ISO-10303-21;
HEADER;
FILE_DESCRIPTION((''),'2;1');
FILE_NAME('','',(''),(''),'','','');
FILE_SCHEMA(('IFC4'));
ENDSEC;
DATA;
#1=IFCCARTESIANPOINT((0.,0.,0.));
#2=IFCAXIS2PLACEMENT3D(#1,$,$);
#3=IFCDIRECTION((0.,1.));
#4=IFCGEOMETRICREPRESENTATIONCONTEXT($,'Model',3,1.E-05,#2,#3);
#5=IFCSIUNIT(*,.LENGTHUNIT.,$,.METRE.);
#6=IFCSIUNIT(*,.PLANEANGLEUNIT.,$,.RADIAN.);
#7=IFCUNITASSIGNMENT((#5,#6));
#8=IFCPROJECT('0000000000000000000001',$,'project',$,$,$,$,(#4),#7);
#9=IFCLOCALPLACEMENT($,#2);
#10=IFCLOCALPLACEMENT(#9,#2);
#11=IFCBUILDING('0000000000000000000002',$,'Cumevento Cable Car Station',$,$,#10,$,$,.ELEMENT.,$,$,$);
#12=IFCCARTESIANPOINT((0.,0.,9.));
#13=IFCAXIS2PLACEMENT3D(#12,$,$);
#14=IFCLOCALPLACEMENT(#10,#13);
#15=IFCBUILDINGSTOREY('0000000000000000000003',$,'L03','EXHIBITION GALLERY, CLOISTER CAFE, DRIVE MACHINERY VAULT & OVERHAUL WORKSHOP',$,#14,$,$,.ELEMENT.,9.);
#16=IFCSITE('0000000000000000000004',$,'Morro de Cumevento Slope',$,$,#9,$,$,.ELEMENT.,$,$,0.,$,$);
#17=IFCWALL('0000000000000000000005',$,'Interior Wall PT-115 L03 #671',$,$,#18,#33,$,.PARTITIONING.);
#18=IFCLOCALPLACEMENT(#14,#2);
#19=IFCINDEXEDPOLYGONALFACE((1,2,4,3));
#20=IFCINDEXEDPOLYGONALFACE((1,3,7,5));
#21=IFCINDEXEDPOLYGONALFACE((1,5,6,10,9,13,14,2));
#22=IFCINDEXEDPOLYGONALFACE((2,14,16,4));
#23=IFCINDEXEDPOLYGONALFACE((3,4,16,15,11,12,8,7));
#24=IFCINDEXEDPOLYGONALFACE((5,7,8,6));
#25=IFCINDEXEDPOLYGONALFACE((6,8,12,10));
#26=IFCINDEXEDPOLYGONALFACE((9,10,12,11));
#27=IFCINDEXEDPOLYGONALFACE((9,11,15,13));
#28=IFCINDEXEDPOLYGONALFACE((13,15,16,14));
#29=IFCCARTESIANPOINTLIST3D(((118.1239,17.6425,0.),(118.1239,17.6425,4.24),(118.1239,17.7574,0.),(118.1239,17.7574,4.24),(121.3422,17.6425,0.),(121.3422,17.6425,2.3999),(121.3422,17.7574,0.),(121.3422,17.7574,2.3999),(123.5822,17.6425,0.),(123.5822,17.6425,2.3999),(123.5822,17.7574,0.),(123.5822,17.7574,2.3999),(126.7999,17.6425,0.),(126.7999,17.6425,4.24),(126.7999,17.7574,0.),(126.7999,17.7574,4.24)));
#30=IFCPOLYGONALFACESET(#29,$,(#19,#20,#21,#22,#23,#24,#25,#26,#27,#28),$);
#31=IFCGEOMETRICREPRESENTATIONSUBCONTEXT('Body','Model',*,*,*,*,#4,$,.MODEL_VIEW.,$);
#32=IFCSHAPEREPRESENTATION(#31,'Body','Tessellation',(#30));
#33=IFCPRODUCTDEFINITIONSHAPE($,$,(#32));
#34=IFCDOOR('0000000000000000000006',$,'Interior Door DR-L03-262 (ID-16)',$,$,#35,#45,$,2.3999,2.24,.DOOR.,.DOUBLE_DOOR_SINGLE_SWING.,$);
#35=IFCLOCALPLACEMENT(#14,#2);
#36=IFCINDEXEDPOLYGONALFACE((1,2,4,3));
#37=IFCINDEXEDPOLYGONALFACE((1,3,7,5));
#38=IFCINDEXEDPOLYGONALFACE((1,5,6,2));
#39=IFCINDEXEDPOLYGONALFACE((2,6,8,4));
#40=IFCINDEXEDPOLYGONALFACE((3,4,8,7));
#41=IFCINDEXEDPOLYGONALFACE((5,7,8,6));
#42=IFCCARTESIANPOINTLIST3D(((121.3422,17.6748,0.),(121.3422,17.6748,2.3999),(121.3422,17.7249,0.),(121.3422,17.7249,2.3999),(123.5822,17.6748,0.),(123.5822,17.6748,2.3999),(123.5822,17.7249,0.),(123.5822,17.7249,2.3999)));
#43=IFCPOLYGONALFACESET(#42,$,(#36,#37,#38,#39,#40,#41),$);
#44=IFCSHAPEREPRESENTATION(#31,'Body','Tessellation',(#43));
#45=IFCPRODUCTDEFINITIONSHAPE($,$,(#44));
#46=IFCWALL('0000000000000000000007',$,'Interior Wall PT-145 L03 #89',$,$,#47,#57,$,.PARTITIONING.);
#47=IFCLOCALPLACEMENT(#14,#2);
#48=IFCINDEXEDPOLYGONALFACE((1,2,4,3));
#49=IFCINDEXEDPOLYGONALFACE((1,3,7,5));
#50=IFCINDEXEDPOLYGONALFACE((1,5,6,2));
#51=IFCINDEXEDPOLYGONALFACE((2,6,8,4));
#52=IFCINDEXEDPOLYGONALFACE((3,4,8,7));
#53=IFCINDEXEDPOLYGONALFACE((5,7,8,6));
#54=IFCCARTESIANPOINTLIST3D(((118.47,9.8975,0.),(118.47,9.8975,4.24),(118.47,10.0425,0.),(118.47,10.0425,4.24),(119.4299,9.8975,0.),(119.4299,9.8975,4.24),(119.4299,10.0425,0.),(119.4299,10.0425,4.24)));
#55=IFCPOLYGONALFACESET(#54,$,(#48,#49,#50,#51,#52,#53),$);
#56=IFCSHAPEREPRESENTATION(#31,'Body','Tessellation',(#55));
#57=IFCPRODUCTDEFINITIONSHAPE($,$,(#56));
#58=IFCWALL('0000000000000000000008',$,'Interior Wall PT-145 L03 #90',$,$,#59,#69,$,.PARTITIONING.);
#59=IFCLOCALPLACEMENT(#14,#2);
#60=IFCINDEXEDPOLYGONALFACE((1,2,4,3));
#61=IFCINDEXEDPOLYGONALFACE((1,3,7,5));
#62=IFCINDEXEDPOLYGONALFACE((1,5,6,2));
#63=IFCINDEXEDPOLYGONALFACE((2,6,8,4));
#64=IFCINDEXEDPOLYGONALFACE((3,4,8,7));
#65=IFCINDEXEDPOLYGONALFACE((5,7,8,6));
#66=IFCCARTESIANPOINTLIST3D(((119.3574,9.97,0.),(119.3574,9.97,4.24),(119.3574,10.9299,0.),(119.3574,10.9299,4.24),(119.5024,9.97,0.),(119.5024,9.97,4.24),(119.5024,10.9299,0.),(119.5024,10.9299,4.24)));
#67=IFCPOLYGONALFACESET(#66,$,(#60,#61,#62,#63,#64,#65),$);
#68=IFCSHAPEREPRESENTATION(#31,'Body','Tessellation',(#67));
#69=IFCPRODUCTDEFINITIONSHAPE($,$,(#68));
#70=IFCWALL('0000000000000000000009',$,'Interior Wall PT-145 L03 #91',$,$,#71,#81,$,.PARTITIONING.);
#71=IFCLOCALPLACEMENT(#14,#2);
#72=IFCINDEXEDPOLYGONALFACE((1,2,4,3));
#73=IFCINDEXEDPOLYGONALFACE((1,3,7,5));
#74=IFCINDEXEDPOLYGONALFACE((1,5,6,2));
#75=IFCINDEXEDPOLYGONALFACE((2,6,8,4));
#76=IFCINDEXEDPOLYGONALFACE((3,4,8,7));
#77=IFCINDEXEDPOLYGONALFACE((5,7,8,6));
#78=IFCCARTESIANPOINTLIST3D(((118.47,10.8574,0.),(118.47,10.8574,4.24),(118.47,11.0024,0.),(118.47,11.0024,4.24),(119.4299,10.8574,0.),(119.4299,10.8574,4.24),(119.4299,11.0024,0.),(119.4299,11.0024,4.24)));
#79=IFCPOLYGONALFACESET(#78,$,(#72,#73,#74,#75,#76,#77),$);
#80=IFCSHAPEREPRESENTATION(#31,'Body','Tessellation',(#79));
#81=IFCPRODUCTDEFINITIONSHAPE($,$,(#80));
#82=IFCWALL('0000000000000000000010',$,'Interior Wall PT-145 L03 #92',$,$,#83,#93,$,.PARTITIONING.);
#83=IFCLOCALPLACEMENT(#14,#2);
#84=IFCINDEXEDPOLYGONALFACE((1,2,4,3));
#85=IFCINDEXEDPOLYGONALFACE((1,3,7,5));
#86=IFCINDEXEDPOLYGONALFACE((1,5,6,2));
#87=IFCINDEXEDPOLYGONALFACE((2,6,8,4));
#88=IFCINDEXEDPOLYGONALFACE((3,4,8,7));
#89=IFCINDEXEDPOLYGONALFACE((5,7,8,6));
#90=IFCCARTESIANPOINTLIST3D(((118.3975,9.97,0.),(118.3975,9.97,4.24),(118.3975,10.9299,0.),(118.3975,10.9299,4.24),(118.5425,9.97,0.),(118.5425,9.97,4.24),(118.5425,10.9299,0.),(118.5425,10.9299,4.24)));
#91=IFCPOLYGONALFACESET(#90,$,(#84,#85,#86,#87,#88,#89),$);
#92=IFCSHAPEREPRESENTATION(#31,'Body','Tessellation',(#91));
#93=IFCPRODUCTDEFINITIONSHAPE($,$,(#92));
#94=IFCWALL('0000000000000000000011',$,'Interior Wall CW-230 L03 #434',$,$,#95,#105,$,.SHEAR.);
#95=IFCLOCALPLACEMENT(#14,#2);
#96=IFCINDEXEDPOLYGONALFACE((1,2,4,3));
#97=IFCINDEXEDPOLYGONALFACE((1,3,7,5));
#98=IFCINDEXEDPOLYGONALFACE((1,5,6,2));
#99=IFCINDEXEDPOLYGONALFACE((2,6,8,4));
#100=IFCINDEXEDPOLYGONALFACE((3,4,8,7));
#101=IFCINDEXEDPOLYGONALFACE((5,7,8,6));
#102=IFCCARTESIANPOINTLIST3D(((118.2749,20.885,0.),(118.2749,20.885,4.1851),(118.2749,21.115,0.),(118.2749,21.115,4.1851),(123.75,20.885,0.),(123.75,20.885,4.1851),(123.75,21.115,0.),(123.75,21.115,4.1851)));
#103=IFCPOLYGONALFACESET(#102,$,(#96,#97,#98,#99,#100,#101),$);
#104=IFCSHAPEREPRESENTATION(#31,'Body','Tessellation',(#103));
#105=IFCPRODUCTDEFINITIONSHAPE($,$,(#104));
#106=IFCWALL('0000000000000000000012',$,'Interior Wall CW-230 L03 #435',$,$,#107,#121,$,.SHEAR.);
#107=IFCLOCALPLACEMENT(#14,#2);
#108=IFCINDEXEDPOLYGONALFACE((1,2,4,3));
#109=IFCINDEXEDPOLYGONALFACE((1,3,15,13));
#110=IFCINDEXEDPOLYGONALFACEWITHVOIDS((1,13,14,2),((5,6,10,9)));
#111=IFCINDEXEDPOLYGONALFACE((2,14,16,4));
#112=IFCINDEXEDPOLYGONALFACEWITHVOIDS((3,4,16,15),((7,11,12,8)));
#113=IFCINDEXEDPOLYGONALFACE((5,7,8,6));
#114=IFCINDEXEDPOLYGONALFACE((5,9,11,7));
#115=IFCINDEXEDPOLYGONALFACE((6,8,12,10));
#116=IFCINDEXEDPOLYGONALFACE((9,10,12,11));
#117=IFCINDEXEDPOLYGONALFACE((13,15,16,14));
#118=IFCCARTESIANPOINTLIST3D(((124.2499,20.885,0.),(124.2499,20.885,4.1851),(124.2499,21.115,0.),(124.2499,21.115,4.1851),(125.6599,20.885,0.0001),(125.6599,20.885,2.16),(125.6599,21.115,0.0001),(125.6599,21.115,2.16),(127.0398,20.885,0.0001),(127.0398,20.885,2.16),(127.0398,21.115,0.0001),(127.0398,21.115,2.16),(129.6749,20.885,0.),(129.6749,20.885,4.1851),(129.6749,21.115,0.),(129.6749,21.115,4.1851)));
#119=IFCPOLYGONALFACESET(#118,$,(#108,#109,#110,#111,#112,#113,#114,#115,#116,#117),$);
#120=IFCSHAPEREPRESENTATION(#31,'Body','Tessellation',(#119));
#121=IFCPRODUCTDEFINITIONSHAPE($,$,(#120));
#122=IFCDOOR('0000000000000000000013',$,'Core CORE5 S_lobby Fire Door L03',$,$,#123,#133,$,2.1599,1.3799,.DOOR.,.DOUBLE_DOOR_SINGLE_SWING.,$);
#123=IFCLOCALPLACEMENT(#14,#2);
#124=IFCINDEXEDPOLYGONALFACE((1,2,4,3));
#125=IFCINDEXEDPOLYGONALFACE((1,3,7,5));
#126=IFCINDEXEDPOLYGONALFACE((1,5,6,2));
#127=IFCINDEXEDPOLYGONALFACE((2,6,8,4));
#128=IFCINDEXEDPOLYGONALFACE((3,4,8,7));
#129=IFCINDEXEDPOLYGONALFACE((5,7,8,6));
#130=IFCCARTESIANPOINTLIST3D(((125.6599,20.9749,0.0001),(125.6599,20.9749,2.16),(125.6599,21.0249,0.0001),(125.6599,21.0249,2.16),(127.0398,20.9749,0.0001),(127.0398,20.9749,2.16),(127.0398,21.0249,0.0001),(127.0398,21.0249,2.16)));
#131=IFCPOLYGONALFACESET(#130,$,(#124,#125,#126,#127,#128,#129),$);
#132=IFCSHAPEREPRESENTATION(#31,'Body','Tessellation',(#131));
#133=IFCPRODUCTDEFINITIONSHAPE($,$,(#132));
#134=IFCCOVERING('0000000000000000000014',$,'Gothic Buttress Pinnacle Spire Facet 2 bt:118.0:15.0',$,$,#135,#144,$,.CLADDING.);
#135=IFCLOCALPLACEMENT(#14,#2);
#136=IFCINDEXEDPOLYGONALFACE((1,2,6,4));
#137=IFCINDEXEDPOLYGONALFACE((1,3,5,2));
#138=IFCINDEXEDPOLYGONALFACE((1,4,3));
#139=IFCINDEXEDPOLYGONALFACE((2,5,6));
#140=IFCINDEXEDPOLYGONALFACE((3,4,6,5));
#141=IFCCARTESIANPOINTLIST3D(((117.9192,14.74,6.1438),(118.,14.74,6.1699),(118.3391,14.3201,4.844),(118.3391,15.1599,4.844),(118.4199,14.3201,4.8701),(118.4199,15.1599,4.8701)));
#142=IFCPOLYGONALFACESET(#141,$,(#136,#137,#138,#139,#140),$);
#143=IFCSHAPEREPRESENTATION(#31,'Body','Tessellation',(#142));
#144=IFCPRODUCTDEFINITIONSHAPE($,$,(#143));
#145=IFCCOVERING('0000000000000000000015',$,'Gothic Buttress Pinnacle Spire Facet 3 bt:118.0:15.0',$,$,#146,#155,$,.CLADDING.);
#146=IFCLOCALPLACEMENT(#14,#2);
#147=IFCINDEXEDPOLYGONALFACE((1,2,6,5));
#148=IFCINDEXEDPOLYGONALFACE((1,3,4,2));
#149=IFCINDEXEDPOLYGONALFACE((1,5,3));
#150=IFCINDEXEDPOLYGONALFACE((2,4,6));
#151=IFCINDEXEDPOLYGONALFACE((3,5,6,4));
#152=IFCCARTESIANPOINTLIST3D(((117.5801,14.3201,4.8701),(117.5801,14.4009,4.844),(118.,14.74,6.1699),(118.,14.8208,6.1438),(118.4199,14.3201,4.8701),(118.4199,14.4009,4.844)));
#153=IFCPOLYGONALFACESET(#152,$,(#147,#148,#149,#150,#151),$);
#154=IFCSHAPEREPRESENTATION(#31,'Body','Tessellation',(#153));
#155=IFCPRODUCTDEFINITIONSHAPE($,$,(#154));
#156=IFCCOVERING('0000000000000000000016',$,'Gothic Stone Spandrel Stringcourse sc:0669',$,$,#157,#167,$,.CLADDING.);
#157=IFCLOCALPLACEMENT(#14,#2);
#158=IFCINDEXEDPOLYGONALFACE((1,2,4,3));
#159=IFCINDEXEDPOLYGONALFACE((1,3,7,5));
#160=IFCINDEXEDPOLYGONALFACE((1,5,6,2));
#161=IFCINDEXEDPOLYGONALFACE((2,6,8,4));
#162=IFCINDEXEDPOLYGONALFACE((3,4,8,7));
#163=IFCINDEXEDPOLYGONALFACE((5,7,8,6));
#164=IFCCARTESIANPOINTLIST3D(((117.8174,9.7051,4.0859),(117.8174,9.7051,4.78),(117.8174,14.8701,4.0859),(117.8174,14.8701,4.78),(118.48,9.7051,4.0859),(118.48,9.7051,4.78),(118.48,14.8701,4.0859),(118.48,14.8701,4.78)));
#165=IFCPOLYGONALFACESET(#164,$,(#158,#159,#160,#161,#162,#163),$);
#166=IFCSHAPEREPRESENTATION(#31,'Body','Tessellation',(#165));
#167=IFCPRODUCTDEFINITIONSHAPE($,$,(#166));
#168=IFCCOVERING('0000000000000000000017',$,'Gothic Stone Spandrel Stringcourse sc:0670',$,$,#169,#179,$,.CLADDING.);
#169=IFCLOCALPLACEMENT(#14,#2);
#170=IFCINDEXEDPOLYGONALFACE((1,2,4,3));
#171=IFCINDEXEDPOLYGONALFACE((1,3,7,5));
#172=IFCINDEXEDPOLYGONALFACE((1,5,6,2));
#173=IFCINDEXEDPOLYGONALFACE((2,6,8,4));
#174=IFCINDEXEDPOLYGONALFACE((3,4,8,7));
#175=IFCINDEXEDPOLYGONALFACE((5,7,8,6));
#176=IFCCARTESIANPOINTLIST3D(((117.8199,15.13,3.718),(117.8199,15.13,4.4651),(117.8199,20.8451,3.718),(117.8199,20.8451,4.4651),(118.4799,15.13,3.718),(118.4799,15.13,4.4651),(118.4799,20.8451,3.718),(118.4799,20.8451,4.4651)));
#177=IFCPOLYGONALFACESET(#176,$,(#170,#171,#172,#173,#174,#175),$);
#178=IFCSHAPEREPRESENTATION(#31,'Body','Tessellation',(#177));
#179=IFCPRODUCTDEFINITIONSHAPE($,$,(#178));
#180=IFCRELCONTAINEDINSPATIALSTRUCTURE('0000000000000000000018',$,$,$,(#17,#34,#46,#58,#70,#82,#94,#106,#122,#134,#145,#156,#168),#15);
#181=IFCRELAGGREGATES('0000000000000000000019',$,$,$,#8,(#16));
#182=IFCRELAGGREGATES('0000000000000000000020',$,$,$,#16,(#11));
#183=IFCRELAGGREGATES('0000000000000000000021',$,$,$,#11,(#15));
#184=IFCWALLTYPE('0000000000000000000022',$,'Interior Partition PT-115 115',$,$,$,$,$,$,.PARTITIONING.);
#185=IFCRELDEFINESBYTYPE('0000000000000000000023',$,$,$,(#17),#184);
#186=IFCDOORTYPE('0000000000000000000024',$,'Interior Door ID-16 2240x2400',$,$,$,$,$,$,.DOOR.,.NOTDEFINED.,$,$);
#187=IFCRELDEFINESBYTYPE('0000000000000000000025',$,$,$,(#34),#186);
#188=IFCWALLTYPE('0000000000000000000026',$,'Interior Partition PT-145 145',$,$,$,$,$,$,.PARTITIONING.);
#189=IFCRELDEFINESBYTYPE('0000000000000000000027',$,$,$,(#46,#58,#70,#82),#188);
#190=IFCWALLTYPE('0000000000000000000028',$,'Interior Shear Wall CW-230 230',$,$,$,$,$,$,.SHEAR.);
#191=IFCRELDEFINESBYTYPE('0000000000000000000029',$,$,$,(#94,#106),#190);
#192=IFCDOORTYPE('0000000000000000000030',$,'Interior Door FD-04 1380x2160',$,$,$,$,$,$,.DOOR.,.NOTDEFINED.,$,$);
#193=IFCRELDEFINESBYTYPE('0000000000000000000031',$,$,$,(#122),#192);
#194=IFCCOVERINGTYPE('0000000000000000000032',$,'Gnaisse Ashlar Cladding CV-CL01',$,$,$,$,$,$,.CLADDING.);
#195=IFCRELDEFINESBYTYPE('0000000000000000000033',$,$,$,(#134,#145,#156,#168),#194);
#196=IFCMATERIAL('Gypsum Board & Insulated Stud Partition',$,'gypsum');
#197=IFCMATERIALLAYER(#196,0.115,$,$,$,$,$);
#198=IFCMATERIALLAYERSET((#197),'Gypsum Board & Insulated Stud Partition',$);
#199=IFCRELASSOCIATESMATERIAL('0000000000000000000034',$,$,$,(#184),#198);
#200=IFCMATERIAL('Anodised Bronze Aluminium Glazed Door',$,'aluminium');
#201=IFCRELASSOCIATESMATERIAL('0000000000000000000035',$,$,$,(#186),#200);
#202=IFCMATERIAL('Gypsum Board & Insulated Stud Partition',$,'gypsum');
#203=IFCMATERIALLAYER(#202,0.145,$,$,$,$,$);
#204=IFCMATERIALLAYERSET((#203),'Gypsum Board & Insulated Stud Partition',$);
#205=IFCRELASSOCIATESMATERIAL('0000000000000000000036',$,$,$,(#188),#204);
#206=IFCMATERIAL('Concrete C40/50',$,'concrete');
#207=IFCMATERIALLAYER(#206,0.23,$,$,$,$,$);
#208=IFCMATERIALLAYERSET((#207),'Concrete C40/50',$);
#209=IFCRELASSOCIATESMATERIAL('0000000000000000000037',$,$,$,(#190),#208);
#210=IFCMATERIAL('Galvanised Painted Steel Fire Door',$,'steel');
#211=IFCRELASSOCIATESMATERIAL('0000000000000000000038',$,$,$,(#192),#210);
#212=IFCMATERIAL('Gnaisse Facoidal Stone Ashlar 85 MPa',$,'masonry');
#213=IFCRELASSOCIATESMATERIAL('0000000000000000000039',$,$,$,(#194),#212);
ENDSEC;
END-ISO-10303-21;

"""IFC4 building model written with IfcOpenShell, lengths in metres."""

from ifc_helpers import new_model, si_unit, direction, frame, frame_2d, origin, origin_2d, place, context, subcontext, project, spatial, polyline, rectangle, outline, extrude, material, layer, layer_set, type_object, element, fill, save


model = new_model("IFC4")

# Units and contexts
model_context = context("Model", 3, precision=1e-05, world=origin(), true_north=direction((0.0, 1.0)))
body_context = subcontext(model_context, "Body", "Model", "MODEL_VIEW")
ifc_project = project(units=[si_unit("LENGTHUNIT", "METRE"), si_unit("PLANEANGLEUNIT", "RADIAN")], contexts=[model_context])

# Site, building, storey
site_placement = place(None, origin())
site = spatial("IfcSite", under=ifc_project, at=site_placement, Name="Morro de Cumevento Slope", CompositionType="ELEMENT", RefElevation=0.0)
building_placement = place(site_placement, origin())
building = spatial("IfcBuilding", under=site, at=building_placement, Name="Cumevento Cable Car Station", CompositionType="ELEMENT")
storey_placement = place(building_placement, frame((0.0, 0.0, 9.0)))
storey = spatial("IfcBuildingStorey", under=building, at=storey_placement, Name="L03", Description="EXHIBITION GALLERY, CLOISTER CAFE, DRIVE MACHINERY VAULT & OVERHAUL WORKSHOP", CompositionType="ELEMENT", Elevation=9.0)

# Wall, opening, door
ifc_material_1 = material(Name="Gypsum Board & Insulated Stud Partition", Category="gypsum")
ifc_layer_1 = layer(ifc_material_1, 0.115)
ifc_layer_set_1 = layer_set([ifc_layer_1], Name="Gypsum Board & Insulated Stud Partition")
wall_type_1 = type_object("IfcWallType", Name="Interior Partition PT-115 115", PredefinedType="PARTITIONING", material=ifc_layer_set_1)
wall_1_placement = place(storey_placement, frame((118.124, 17.7, 0.0), z_axis=(0.0, 0.0, 1.0), x_axis=(1.0, 0.0, 0.0)))
wall_1 = element("IfcWall", 1, at=wall_1_placement, inside=storey, type_object=wall_type_1, Name="Interior Wall PT-115 L03 #671", PredefinedType="PARTITIONING", context=body_context, shape_type="SweptSolid", body=[
    extrude(rectangle(XDim=8.676, YDim=0.115, at=frame_2d((4.3379, 0.0))), origin(), (0.0, 0.0, 1.0), 4.24),
])
opening_1_placement = place(wall_1_placement, frame((3.218, 0.0, 0.0)))
opening_1 = element("IfcOpeningElement", 2, at=opening_1_placement, cuts=wall_1, PredefinedType="OPENING", context=body_context, shape_type="SweptSolid", body=[
    extrude(rectangle(XDim=2.24, YDim=2.3999, at=frame_2d((1.1201, 1.2))), frame((0.0, 0.0676, 0.0), z_axis=(0.0, -1.0, 0.0), x_axis=(1.0, 0.0, 0.0)), (0.0, 0.0, 1.0), 0.135),
])
ifc_material_2 = material(Name="Anodised Bronze Aluminium Glazed Door", Category="aluminium")
door_type_1 = type_object("IfcDoorType", Name="Interior Door ID-16 2240x2400", OperationType="NOTDEFINED", PredefinedType="DOOR", material=ifc_material_2)
door_1_placement = place(opening_1_placement, origin())
door_1 = element("IfcDoor", 3, at=door_1_placement, inside=storey, type_object=door_type_1, Name="Interior Door DR-L03-262 (ID-16)", OperationType="DOUBLE_DOOR_SINGLE_SWING", OverallHeight=2.3999, OverallWidth=2.24, PredefinedType="DOOR", context=body_context, shape_type="SweptSolid", body=[
    extrude(rectangle(XDim=2.24, YDim=2.3999, at=frame_2d((1.1201, 1.2))), frame((0.0, 0.0249, 0.0), z_axis=(0.0, -1.0, 0.0), x_axis=(1.0, 0.0, 0.0)), (0.0, 0.0, 1.0), 0.05),
])
fill(opening_1, door_1)

# Walls
ifc_material_3 = material(Name="Gypsum Board & Insulated Stud Partition", Category="gypsum")
ifc_layer_2 = layer(ifc_material_3, 0.145)
ifc_layer_set_2 = layer_set([ifc_layer_2], Name="Gypsum Board & Insulated Stud Partition")
wall_type_2 = type_object("IfcWallType", Name="Interior Partition PT-145 145", PredefinedType="PARTITIONING", material=ifc_layer_set_2)
for number, where, z_axis, x_axis, name in (
    (4, (118.47, 9.97, 0.0), (0.0, 0.0, 1.0), (1.0, 0.0, 0.0), "Interior Wall PT-145 L03 #89"),
    (5, (119.4299, 9.97, 0.0), (0.0, 0.0, 1.0), (0.0, 1.0, 0.0), "Interior Wall PT-145 L03 #90"),
    (6, (119.4299, 10.9299, 0.0), (0.0, 0.0, 1.0), (-1.0, 0.0, 0.0), "Interior Wall PT-145 L03 #91"),
    (7, (118.47, 10.9299, 0.0), (0.0, 0.0, 1.0), (0.0, -1.0, 0.0), "Interior Wall PT-145 L03 #92"),
):
    element("IfcWall", number, at=place(storey_placement, frame(where, z_axis=z_axis, x_axis=x_axis)), inside=storey, type_object=wall_type_2, Name=name, PredefinedType="PARTITIONING", context=body_context, shape_type="SweptSolid", body=[
        extrude(rectangle(XDim=0.96, YDim=0.145, at=frame_2d((0.48, 0.0))), origin(), (0.0, 0.0, 1.0), 4.24),
    ])
ifc_material_4 = material(Name="Concrete C40/50", Category="concrete")
ifc_layer_3 = layer(ifc_material_4, 0.23)
ifc_layer_set_3 = layer_set([ifc_layer_3], Name="Concrete C40/50")
wall_type_3 = type_object("IfcWallType", Name="Interior Shear Wall CW-230 230", PredefinedType="SHEAR", material=ifc_layer_set_3)
wall_2_placement = place(storey_placement, frame((118.2749, 21.0, 0.0), z_axis=(0.0, 0.0, 1.0), x_axis=(1.0, 0.0, 0.0)))
element("IfcWall", 8, at=wall_2_placement, inside=storey, type_object=wall_type_3, Name="Interior Wall CW-230 L03 #434", PredefinedType="SHEAR", context=body_context, shape_type="SweptSolid", body=[
    extrude(rectangle(XDim=5.4751, YDim=0.23, at=frame_2d((2.7375, 0.0))), origin(), (0.0, 0.0, 1.0), 4.1851),
])

# Wall, opening, door
wall_3_placement = place(storey_placement, frame((124.25, 21.0, 0.0), z_axis=(0.0, 0.0, 1.0), x_axis=(1.0, 0.0, 0.0)))
wall_3 = element("IfcWall", 9, at=wall_3_placement, inside=storey, type_object=wall_type_3, Name="Interior Wall CW-230 L03 #435", PredefinedType="SHEAR", context=body_context, shape_type="SweptSolid", body=[
    extrude(rectangle(XDim=5.425, YDim=0.23, at=frame_2d((2.7124, 0.0))), origin(), (0.0, 0.0, 1.0), 4.1851),
])
opening_2_placement = place(wall_3_placement, frame((1.4099, 0.0, 0.0)))
opening_2 = element("IfcOpeningElement", 10, at=opening_2_placement, cuts=wall_3, PredefinedType="OPENING", context=body_context, shape_type="SweptSolid", body=[
    extrude(rectangle(XDim=1.3799, YDim=2.1599, at=frame_2d((0.6899, 1.0801))), frame((0.0, 0.125, 0.0), z_axis=(0.0, -1.0, 0.0), x_axis=(1.0, 0.0, 0.0)), (0.0, 0.0, 1.0), 0.25),
])
ifc_material_5 = material(Name="Galvanised Painted Steel Fire Door", Category="steel")
door_type_2 = type_object("IfcDoorType", Name="Interior Door FD-04 1380x2160", OperationType="NOTDEFINED", PredefinedType="DOOR", material=ifc_material_5)
door_2_placement = place(opening_2_placement, origin())
door_2 = element("IfcDoor", 11, at=door_2_placement, inside=storey, type_object=door_type_2, Name="Core CORE5 S_lobby Fire Door L03", OperationType="DOUBLE_DOOR_SINGLE_SWING", OverallHeight=2.1599, OverallWidth=1.3799, PredefinedType="DOOR", context=body_context, shape_type="SweptSolid", body=[
    extrude(rectangle(XDim=1.3799, YDim=2.1599, at=frame_2d((0.6899, 1.0801))), frame((0.0, 0.0249, 0.0), z_axis=(0.0, -1.0, 0.0), x_axis=(1.0, 0.0, 0.0)), (0.0, 0.0, 1.0), 0.05),
])
fill(opening_2, door_2)

# Coverings
ifc_material_6 = material(Name="Gnaisse Facoidal Stone Ashlar 85 MPa", Category="masonry")
covering_type = type_object("IfcCoveringType", Name="Gnaisse Ashlar Cladding CV-CL01", PredefinedType="CLADDING", material=ifc_material_6)
for number, where, z_axis, x_axis, name in (
    (12, (118.4199, 15.1599, 4.8701), (0.951574, 0.0, 0.307421), (0.0, -1.0, 0.0), "Gothic Buttress Pinnacle Spire Facet 2 bt:118.0:15.0"),
    (13, (118.4199, 14.3201, 4.8701), (0.0, -0.951574, 0.307421), (-1.0, 0.0, 0.0), "Gothic Buttress Pinnacle Spire Facet 3 bt:118.0:15.0"),
):
    element("IfcCovering", number, at=place(storey_placement, frame(where, z_axis=z_axis, x_axis=x_axis)), inside=storey, type_object=covering_type, Name=name, PredefinedType="CLADDING", context=body_context, shape_type="SweptSolid", body=[
        extrude(outline(polyline([(0.0, 0.0), (0.8398, 0.0), (0.4199, -1.366), (0.0, 0.0)])), origin(), (0.0, 0.0, -1.0), 0.085),
    ])
covering_1_placement = place(storey_placement, frame((118.1487, 12.2876, 4.0859), z_axis=(0.0, 0.0, 1.0), x_axis=(0.0, 1.0, 0.0)))
element("IfcCovering", 14, at=covering_1_placement, inside=storey, type_object=covering_type, Name="Gothic Stone Spandrel Stringcourse sc:0669", PredefinedType="CLADDING", context=body_context, shape_type="SweptSolid", body=[
    extrude(rectangle(XDim=5.165, YDim=0.6626, at=origin_2d()), origin(), (0.0, 0.0, 1.0), 0.6941),
])
covering_2_placement = place(storey_placement, frame((118.1499, 17.9875, 3.718), z_axis=(0.0, 0.0, 1.0), x_axis=(0.0, 1.0, 0.0)))
element("IfcCovering", 15, at=covering_2_placement, inside=storey, type_object=covering_type, Name="Gothic Stone Spandrel Stringcourse sc:0670", PredefinedType="CLADDING", context=body_context, shape_type="SweptSolid", body=[
    extrude(rectangle(XDim=5.7151, YDim=0.6599, at=origin_2d()), origin(), (0.0, 0.0, 1.0), 0.7471),
])

save(model, "model.ifc")
